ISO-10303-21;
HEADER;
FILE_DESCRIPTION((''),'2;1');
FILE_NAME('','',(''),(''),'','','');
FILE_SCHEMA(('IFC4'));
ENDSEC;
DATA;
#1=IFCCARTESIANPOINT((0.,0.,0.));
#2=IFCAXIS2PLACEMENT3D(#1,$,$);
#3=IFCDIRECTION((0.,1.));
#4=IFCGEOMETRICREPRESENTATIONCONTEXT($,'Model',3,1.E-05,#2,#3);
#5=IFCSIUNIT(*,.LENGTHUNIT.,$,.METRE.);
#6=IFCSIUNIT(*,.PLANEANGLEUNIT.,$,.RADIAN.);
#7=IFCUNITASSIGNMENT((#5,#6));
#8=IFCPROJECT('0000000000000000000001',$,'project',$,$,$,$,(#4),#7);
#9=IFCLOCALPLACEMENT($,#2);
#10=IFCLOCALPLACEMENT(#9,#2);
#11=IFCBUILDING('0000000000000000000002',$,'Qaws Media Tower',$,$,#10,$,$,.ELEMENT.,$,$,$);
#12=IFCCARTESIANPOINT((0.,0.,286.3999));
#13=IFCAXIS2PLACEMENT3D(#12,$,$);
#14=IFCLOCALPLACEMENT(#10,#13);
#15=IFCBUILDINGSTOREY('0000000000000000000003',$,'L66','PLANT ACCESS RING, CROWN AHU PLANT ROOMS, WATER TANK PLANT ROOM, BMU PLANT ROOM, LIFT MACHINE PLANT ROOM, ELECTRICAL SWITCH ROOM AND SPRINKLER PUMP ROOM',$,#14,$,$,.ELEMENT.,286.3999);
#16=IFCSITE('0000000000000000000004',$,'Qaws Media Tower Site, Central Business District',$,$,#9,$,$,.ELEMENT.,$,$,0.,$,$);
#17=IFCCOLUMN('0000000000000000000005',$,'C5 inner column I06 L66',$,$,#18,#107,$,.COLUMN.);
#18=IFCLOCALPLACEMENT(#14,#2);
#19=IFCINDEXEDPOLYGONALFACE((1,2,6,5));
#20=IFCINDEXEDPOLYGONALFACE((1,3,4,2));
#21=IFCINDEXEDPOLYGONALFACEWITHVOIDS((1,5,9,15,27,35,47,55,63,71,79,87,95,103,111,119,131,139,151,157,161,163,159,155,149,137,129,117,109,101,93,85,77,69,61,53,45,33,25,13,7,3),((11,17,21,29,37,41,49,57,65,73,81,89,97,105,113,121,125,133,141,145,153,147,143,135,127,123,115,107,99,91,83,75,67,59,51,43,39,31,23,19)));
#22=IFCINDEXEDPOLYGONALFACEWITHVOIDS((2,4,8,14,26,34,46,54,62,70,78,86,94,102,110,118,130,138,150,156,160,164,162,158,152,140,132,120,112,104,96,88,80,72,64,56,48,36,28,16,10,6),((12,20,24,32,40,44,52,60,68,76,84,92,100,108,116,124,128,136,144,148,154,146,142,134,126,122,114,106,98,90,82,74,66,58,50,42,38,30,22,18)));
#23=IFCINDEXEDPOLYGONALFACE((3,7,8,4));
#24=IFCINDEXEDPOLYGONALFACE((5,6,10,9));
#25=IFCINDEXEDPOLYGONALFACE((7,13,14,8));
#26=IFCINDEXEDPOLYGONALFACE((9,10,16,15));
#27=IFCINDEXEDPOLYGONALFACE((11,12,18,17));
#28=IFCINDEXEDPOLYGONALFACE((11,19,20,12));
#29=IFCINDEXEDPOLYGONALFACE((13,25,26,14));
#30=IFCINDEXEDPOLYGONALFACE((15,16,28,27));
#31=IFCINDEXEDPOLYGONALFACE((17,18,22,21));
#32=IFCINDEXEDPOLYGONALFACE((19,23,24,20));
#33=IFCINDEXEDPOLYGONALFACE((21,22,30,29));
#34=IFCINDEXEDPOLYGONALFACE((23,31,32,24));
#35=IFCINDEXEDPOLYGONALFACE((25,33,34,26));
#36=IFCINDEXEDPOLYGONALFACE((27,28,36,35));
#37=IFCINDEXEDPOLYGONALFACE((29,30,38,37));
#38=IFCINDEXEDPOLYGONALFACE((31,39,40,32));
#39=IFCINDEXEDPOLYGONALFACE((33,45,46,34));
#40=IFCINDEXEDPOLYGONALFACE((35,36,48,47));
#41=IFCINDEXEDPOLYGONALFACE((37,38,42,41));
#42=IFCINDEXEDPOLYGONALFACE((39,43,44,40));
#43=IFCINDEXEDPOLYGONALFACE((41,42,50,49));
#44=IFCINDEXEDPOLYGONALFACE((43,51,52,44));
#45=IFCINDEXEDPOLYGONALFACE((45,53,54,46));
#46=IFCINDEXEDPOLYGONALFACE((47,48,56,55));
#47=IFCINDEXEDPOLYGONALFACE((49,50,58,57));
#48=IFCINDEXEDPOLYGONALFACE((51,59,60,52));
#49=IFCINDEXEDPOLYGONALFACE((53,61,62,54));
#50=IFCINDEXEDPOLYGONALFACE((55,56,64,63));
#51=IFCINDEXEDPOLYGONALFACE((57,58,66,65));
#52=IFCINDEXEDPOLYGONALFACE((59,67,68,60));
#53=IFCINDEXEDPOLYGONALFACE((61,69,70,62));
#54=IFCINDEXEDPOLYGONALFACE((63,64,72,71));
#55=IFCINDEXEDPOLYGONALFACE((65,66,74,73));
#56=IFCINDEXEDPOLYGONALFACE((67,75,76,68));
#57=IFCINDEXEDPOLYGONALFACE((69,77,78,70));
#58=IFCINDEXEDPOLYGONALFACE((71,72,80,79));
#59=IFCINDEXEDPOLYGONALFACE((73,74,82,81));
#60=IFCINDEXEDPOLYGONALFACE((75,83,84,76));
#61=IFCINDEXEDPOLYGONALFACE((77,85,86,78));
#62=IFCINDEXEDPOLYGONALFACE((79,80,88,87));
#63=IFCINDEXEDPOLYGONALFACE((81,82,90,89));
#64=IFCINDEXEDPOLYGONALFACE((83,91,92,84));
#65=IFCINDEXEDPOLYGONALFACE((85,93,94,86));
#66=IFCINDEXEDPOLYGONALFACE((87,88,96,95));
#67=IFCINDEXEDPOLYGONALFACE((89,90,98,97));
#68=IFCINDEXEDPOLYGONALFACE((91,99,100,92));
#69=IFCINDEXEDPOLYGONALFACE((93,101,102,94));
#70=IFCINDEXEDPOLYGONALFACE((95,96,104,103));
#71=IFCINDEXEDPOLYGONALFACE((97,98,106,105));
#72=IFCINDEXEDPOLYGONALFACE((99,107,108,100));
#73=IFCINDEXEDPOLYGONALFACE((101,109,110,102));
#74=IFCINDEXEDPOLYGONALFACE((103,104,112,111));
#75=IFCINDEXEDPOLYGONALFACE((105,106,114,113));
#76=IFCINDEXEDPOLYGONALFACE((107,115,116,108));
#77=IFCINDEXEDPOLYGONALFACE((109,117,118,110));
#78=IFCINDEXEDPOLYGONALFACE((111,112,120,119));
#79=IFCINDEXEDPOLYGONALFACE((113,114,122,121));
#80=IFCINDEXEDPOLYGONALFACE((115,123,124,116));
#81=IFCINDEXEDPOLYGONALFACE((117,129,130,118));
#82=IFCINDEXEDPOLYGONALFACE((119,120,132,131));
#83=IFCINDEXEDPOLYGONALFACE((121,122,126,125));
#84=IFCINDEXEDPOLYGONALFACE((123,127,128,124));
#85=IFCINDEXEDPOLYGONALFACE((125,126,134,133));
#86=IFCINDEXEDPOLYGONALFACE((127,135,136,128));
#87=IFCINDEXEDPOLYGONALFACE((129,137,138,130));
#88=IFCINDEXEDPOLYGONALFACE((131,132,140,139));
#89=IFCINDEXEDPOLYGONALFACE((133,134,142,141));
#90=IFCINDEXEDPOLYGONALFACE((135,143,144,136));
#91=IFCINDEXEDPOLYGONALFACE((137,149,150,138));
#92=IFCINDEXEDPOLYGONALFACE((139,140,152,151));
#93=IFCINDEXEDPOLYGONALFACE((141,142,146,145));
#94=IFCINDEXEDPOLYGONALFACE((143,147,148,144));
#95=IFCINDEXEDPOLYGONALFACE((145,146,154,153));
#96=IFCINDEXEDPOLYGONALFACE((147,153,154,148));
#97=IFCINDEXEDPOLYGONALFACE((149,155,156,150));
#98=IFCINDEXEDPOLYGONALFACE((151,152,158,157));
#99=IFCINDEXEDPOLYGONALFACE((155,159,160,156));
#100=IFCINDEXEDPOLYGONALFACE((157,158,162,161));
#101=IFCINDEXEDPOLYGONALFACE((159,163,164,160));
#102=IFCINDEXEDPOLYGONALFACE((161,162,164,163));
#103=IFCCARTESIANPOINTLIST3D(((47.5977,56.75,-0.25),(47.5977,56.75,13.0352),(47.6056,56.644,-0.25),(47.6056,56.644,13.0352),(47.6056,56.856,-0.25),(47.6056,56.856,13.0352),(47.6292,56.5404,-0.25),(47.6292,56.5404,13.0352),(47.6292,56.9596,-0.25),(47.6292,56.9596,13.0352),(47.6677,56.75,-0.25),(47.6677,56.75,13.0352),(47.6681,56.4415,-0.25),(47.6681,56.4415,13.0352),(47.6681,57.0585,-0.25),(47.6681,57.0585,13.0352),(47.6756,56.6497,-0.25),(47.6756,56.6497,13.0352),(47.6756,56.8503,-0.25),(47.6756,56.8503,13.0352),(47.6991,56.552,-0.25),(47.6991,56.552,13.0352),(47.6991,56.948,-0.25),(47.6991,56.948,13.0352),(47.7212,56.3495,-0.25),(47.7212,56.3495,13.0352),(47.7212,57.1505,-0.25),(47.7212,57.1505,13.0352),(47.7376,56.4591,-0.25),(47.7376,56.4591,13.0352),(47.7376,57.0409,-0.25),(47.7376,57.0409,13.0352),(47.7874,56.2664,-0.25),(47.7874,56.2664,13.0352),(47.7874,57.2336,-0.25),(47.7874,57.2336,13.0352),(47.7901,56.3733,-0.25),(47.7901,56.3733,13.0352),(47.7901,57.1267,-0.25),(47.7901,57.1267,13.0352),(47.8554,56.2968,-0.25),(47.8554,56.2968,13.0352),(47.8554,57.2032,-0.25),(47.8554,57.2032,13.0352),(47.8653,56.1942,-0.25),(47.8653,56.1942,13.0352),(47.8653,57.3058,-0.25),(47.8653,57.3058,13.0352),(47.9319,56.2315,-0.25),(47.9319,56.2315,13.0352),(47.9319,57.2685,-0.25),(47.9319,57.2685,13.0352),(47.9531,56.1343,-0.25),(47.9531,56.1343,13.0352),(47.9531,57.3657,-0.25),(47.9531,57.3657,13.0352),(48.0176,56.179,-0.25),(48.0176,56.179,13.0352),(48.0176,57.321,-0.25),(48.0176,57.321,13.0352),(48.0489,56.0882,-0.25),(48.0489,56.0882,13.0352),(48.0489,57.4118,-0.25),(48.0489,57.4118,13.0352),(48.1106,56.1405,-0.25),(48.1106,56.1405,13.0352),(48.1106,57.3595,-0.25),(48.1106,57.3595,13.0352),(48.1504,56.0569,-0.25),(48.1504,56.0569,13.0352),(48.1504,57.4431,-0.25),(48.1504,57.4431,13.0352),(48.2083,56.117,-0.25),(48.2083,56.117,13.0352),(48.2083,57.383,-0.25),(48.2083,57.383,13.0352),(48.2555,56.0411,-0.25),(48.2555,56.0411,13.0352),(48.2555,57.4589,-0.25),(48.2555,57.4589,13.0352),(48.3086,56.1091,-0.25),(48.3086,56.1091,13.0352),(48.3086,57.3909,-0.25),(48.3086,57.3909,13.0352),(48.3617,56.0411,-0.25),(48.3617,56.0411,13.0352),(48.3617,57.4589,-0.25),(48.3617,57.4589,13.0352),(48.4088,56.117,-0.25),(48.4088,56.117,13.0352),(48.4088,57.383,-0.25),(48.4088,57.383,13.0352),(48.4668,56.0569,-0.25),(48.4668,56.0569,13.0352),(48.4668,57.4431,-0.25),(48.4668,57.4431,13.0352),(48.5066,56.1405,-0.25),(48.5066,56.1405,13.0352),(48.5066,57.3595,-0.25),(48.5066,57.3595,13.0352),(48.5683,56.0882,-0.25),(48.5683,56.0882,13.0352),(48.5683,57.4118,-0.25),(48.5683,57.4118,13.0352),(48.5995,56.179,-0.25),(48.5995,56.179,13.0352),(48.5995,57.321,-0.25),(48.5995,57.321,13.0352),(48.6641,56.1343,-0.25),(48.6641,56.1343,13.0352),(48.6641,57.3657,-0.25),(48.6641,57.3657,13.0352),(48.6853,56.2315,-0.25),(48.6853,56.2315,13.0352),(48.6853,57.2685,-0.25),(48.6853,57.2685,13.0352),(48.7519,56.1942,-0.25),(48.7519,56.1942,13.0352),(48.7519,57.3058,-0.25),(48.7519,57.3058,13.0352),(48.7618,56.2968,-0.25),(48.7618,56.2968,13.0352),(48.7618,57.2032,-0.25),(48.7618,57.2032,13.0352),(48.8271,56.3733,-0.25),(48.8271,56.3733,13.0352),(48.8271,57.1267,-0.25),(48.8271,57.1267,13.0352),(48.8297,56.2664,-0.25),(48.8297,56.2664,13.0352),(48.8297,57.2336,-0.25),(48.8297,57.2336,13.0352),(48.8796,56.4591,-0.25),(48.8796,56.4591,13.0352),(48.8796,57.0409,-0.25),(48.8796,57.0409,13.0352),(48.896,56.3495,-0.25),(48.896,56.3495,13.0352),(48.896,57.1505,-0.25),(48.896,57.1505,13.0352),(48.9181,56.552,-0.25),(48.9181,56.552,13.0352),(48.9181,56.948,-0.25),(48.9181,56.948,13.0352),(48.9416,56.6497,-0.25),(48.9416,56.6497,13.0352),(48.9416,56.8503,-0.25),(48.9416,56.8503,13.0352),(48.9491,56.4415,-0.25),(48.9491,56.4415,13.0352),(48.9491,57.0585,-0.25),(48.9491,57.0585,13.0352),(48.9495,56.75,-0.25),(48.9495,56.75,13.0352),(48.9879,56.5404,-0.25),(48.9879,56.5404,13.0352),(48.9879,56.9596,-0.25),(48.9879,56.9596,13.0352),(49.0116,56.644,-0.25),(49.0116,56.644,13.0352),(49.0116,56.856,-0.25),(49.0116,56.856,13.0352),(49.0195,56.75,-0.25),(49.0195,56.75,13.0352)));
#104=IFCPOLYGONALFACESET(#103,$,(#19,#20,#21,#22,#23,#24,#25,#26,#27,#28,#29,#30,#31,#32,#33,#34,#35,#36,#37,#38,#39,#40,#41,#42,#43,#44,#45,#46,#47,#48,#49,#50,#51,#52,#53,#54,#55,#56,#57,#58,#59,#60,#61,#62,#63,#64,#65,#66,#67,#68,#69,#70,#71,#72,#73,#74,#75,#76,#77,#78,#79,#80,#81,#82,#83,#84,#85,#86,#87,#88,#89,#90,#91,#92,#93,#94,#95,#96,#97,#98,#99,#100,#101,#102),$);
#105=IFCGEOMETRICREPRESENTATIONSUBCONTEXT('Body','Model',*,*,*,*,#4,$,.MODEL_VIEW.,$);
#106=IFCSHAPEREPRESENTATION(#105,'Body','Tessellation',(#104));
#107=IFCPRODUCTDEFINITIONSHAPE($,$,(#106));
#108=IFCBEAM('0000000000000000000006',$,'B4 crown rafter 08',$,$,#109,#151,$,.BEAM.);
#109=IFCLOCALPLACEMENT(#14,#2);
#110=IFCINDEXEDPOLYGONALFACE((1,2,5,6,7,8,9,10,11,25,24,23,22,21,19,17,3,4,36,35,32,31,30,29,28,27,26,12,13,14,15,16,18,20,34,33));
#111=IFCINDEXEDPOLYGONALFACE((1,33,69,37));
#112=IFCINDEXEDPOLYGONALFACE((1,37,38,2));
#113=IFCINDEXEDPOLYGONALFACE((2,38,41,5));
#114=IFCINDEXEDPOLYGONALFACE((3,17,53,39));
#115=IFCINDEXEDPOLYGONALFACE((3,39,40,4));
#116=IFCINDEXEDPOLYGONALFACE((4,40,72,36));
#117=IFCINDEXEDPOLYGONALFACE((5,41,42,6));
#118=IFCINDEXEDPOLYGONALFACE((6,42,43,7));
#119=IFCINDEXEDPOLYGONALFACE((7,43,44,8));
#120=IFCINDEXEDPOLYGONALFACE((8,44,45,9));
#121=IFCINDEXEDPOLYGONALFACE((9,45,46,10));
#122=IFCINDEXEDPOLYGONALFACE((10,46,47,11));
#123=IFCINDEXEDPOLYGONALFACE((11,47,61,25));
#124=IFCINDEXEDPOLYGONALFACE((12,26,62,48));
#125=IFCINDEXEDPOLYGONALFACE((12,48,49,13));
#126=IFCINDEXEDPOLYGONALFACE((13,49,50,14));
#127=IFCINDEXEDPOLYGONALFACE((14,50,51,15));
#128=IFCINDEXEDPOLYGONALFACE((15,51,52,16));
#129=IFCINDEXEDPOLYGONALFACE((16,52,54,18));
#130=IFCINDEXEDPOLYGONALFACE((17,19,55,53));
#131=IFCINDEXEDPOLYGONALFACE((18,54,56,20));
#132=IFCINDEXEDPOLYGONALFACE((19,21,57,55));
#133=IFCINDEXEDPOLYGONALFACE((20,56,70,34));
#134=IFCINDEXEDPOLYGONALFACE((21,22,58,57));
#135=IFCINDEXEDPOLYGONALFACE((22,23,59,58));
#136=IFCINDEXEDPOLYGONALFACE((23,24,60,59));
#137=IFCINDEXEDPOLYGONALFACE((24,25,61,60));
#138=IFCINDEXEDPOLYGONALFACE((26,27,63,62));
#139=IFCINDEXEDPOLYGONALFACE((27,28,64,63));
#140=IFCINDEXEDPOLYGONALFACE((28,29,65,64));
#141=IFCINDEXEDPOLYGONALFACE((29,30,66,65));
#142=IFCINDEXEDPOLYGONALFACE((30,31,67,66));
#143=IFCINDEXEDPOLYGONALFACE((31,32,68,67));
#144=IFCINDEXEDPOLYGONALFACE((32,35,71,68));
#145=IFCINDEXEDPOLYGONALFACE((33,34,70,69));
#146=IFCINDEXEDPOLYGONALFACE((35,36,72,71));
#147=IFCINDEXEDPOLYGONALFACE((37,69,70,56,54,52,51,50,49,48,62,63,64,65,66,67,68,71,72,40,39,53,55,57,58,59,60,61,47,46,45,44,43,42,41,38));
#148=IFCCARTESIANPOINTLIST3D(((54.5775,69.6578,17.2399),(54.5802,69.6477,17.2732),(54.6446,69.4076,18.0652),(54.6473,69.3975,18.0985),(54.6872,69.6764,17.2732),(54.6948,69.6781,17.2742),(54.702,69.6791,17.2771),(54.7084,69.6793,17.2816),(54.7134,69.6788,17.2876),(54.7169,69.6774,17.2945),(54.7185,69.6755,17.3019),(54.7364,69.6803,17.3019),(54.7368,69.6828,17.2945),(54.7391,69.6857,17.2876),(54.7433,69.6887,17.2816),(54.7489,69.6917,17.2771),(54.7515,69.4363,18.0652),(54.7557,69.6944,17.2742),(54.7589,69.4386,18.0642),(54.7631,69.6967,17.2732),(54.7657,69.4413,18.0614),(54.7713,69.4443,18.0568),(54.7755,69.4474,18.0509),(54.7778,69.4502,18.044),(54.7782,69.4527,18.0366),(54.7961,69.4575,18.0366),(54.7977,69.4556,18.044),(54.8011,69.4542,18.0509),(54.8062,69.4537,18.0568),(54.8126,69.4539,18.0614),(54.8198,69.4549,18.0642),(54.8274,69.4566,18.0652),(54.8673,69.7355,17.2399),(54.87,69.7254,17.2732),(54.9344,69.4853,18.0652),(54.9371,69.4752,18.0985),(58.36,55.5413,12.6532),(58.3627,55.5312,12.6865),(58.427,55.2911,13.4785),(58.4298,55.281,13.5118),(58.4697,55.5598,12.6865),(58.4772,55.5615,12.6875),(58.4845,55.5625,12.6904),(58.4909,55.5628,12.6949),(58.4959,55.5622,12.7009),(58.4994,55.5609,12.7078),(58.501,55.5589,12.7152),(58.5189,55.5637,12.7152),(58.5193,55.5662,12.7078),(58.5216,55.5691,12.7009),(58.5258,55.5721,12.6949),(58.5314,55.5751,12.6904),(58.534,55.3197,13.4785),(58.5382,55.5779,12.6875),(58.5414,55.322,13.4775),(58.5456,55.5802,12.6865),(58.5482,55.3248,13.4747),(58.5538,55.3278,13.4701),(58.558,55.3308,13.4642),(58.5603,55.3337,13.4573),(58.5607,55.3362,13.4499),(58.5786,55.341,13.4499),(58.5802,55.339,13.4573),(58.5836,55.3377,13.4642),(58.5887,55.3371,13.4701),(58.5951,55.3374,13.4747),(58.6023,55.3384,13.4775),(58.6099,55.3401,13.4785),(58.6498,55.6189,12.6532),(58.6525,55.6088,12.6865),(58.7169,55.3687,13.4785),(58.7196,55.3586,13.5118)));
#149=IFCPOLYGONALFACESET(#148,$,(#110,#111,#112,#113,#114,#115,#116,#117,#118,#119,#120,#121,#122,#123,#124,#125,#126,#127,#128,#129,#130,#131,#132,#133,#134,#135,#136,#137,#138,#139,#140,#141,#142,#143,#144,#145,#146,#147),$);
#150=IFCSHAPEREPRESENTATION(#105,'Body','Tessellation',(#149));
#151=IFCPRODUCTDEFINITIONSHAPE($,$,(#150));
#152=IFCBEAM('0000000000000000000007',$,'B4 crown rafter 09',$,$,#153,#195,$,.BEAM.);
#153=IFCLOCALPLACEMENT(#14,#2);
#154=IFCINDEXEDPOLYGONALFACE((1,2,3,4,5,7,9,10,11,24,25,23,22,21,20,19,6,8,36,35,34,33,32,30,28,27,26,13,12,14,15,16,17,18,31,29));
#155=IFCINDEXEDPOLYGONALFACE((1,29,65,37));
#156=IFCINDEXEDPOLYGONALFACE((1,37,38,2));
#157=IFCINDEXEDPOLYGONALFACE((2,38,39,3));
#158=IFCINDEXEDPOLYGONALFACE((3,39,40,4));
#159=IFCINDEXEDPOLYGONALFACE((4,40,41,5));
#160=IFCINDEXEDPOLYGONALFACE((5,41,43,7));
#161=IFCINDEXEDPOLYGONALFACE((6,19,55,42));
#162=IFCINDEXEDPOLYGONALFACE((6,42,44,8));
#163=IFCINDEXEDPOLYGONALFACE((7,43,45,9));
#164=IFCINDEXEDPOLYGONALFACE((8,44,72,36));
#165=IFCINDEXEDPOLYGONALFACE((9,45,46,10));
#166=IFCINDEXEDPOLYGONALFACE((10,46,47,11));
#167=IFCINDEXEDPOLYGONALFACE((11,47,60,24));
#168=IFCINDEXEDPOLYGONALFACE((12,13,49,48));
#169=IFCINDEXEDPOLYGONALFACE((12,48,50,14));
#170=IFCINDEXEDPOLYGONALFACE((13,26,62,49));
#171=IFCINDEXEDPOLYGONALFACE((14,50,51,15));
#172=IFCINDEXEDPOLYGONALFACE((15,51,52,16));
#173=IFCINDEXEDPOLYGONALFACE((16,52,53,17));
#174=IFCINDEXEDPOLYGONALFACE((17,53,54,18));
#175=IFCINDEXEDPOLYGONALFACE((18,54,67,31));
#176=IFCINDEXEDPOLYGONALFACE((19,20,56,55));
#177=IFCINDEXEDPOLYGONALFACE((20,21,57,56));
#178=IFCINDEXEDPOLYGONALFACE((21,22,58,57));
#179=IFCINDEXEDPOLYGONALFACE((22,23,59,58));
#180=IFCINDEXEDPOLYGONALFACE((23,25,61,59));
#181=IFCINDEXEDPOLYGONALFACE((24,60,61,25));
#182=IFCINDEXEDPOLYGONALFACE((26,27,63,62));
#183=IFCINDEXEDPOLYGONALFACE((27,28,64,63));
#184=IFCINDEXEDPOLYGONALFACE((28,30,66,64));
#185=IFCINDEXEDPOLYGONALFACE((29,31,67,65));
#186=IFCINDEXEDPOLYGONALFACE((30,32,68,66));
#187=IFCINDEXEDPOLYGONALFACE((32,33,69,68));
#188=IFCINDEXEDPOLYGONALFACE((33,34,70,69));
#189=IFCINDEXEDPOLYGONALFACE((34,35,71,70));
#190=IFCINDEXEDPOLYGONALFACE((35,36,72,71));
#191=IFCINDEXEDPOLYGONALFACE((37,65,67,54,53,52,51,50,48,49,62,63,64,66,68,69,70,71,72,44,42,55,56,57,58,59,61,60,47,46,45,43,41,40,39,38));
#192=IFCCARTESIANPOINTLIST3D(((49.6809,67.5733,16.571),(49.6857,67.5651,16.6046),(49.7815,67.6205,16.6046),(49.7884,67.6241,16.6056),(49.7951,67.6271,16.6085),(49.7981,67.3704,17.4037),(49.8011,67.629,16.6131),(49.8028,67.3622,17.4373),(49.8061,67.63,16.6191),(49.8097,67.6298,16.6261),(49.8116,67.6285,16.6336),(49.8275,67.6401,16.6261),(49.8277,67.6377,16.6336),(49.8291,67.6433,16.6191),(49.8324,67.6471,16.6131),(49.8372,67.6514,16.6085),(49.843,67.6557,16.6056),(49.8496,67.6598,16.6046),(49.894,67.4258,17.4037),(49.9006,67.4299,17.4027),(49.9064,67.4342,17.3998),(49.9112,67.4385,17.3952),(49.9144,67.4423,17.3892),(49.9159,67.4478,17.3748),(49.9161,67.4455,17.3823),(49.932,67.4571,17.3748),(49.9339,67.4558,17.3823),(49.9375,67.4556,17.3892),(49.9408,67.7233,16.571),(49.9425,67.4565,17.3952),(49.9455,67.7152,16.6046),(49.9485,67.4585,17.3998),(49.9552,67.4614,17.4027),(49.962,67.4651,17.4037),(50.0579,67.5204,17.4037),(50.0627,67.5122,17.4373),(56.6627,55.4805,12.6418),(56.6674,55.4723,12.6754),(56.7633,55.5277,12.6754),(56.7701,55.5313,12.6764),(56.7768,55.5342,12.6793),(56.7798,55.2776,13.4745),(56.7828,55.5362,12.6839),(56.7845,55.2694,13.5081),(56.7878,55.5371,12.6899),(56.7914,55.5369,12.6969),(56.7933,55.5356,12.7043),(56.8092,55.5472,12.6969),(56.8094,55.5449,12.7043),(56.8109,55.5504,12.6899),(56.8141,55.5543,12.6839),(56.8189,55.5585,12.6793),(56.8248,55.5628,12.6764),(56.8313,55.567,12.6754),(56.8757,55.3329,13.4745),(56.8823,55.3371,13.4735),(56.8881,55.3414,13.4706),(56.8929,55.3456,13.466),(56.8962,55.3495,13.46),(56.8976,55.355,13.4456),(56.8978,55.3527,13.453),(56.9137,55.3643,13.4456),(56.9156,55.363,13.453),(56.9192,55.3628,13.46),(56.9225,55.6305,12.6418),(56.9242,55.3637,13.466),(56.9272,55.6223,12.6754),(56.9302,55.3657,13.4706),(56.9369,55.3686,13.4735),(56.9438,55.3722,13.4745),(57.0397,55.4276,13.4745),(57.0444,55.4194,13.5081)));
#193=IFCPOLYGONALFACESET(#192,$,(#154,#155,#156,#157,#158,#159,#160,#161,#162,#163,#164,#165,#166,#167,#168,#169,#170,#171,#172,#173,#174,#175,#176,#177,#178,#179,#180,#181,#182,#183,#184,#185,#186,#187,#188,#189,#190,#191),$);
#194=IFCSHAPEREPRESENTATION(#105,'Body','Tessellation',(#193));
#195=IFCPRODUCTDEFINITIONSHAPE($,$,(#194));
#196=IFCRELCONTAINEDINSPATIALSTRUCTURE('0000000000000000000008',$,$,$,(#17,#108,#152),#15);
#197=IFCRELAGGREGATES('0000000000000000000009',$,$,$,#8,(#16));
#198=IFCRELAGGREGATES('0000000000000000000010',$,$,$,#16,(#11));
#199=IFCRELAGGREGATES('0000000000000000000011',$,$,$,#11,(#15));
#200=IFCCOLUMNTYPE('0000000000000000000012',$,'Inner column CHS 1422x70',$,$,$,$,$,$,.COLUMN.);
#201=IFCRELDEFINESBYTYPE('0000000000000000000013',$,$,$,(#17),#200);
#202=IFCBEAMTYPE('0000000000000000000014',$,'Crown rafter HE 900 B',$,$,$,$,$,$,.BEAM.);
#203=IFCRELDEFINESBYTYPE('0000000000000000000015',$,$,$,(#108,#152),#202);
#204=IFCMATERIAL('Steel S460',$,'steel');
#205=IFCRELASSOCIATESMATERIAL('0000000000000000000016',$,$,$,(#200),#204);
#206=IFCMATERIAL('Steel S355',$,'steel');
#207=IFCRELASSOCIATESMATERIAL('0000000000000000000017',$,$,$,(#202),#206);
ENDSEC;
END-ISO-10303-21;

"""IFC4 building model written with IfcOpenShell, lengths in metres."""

from ifc_helpers import new_model, si_unit, direction, frame, origin, origin_2d, place, context, subcontext, project, spatial, hollow_circle, i_section, extrude, material, material_profile, profile_set, type_object, element, save


model = new_model("IFC4")

# Units and contexts
model_context = context("Model", 3, precision=1e-05, world=origin(), true_north=direction((0.0, 1.0)))
body_context = subcontext(model_context, "Body", "Model", "MODEL_VIEW")
ifc_project = project(units=[si_unit("LENGTHUNIT", "METRE"), si_unit("PLANEANGLEUNIT", "RADIAN")], contexts=[model_context])

# Site, building, storey
site_placement = place(None, origin())
site = spatial("IfcSite", under=ifc_project, at=site_placement, Name="Qaws Media Tower Site, Central Business District", CompositionType="ELEMENT", RefElevation=0.0)
building_placement = place(site_placement, origin())
building = spatial("IfcBuilding", under=site, at=building_placement, Name="Qaws Media Tower", CompositionType="ELEMENT")
storey_placement = place(building_placement, frame((0.0, 0.0, 286.3999)))
storey = spatial("IfcBuildingStorey", under=building, at=storey_placement, Name="L66", Description="PLANT ACCESS RING, CROWN AHU PLANT ROOMS, WATER TANK PLANT ROOM, BMU PLANT ROOM, LIFT MACHINE PLANT ROOM, ELECTRICAL SWITCH ROOM AND SPRINKLER PUMP ROOM", CompositionType="ELEMENT", Elevation=286.3999)

# Column
ifc_material_1 = material(Name="Steel S460", Category="steel")
ifc_material_profile_1 = material_profile(ifc_material_1, hollow_circle(Radius=0.7109, WallThickness=0.0701, at=origin_2d()), Name="CHS 1422x70")
ifc_profile_set_1 = profile_set([ifc_material_profile_1], Name="Steel S460")
column_type = type_object("IfcColumnType", Name="Inner column CHS 1422x70", PredefinedType="COLUMN", material=ifc_profile_set_1)
column_placement = place(storey_placement, frame((48.3086, 56.75, -0.25), z_axis=(0.0, 0.0, 1.0), x_axis=(1.0, 0.0, 0.0)))
element("IfcColumn", 1, at=column_placement, inside=storey, type_object=column_type, Name="C5 inner column I06 L66", PredefinedType="COLUMN", context=body_context, shape_type="SweptSolid", body=[
    extrude(hollow_circle(Radius=0.7109, WallThickness=0.0701, at=origin_2d()), origin(), (0.0, 0.0, 1.0), 13.2852),
])

# Beams
ifc_material_2 = material(Name="Steel S355", Category="steel")
ifc_material_profile_2 = material_profile(ifc_material_2, i_section(OverallWidth=0.3, OverallDepth=0.8999, WebThickness=0.0186, FlangeThickness=0.0349, FilletRadius=0.03, at=origin_2d()), Name="HE 900 B")
ifc_profile_set_2 = profile_set([ifc_material_profile_2], Name="Steel S355")
beam_type_1 = type_object("IfcBeamType", Name="Crown rafter HE 900 B", PredefinedType="BEAM", material=ifc_profile_set_2)
beam_1_placement = place(storey_placement, frame((58.5398, 55.45, 13.0825), z_axis=(-0.246941, 0.921604, 0.299444), x_axis=(-0.965926, -0.258818, 0.0)))
element("IfcBeam", 2, at=beam_1_placement, inside=storey, type_object=beam_type_1, Name="B4 crown rafter 08", PredefinedType="BEAM", context=body_context, shape_type="SweptSolid", body=[
    extrude(i_section(OverallWidth=0.3, OverallDepth=0.8999, WebThickness=0.0186, FlangeThickness=0.0349, FilletRadius=0.03, at=origin_2d()), origin(), (0.0, 0.0, 1.0), 15.3174),
])
beam_2_placement = place(storey_placement, frame((56.8535, 55.45, 13.075), z_axis=(-0.481304, 0.833652, 0.270871), x_axis=(-0.866028, -0.499996, 0.0)))
element("IfcBeam", 3, at=beam_2_placement, inside=storey, type_object=beam_type_1, Name="B4 crown rafter 09", PredefinedType="BEAM", context=body_context, shape_type="SweptSolid", body=[
    extrude(i_section(OverallWidth=0.3, OverallDepth=0.8999, WebThickness=0.0186, FlangeThickness=0.0349, FilletRadius=0.03, at=origin_2d()), origin(), (0.0, 0.0, 1.0), 14.5059),
])

save(model, "model.ifc")
